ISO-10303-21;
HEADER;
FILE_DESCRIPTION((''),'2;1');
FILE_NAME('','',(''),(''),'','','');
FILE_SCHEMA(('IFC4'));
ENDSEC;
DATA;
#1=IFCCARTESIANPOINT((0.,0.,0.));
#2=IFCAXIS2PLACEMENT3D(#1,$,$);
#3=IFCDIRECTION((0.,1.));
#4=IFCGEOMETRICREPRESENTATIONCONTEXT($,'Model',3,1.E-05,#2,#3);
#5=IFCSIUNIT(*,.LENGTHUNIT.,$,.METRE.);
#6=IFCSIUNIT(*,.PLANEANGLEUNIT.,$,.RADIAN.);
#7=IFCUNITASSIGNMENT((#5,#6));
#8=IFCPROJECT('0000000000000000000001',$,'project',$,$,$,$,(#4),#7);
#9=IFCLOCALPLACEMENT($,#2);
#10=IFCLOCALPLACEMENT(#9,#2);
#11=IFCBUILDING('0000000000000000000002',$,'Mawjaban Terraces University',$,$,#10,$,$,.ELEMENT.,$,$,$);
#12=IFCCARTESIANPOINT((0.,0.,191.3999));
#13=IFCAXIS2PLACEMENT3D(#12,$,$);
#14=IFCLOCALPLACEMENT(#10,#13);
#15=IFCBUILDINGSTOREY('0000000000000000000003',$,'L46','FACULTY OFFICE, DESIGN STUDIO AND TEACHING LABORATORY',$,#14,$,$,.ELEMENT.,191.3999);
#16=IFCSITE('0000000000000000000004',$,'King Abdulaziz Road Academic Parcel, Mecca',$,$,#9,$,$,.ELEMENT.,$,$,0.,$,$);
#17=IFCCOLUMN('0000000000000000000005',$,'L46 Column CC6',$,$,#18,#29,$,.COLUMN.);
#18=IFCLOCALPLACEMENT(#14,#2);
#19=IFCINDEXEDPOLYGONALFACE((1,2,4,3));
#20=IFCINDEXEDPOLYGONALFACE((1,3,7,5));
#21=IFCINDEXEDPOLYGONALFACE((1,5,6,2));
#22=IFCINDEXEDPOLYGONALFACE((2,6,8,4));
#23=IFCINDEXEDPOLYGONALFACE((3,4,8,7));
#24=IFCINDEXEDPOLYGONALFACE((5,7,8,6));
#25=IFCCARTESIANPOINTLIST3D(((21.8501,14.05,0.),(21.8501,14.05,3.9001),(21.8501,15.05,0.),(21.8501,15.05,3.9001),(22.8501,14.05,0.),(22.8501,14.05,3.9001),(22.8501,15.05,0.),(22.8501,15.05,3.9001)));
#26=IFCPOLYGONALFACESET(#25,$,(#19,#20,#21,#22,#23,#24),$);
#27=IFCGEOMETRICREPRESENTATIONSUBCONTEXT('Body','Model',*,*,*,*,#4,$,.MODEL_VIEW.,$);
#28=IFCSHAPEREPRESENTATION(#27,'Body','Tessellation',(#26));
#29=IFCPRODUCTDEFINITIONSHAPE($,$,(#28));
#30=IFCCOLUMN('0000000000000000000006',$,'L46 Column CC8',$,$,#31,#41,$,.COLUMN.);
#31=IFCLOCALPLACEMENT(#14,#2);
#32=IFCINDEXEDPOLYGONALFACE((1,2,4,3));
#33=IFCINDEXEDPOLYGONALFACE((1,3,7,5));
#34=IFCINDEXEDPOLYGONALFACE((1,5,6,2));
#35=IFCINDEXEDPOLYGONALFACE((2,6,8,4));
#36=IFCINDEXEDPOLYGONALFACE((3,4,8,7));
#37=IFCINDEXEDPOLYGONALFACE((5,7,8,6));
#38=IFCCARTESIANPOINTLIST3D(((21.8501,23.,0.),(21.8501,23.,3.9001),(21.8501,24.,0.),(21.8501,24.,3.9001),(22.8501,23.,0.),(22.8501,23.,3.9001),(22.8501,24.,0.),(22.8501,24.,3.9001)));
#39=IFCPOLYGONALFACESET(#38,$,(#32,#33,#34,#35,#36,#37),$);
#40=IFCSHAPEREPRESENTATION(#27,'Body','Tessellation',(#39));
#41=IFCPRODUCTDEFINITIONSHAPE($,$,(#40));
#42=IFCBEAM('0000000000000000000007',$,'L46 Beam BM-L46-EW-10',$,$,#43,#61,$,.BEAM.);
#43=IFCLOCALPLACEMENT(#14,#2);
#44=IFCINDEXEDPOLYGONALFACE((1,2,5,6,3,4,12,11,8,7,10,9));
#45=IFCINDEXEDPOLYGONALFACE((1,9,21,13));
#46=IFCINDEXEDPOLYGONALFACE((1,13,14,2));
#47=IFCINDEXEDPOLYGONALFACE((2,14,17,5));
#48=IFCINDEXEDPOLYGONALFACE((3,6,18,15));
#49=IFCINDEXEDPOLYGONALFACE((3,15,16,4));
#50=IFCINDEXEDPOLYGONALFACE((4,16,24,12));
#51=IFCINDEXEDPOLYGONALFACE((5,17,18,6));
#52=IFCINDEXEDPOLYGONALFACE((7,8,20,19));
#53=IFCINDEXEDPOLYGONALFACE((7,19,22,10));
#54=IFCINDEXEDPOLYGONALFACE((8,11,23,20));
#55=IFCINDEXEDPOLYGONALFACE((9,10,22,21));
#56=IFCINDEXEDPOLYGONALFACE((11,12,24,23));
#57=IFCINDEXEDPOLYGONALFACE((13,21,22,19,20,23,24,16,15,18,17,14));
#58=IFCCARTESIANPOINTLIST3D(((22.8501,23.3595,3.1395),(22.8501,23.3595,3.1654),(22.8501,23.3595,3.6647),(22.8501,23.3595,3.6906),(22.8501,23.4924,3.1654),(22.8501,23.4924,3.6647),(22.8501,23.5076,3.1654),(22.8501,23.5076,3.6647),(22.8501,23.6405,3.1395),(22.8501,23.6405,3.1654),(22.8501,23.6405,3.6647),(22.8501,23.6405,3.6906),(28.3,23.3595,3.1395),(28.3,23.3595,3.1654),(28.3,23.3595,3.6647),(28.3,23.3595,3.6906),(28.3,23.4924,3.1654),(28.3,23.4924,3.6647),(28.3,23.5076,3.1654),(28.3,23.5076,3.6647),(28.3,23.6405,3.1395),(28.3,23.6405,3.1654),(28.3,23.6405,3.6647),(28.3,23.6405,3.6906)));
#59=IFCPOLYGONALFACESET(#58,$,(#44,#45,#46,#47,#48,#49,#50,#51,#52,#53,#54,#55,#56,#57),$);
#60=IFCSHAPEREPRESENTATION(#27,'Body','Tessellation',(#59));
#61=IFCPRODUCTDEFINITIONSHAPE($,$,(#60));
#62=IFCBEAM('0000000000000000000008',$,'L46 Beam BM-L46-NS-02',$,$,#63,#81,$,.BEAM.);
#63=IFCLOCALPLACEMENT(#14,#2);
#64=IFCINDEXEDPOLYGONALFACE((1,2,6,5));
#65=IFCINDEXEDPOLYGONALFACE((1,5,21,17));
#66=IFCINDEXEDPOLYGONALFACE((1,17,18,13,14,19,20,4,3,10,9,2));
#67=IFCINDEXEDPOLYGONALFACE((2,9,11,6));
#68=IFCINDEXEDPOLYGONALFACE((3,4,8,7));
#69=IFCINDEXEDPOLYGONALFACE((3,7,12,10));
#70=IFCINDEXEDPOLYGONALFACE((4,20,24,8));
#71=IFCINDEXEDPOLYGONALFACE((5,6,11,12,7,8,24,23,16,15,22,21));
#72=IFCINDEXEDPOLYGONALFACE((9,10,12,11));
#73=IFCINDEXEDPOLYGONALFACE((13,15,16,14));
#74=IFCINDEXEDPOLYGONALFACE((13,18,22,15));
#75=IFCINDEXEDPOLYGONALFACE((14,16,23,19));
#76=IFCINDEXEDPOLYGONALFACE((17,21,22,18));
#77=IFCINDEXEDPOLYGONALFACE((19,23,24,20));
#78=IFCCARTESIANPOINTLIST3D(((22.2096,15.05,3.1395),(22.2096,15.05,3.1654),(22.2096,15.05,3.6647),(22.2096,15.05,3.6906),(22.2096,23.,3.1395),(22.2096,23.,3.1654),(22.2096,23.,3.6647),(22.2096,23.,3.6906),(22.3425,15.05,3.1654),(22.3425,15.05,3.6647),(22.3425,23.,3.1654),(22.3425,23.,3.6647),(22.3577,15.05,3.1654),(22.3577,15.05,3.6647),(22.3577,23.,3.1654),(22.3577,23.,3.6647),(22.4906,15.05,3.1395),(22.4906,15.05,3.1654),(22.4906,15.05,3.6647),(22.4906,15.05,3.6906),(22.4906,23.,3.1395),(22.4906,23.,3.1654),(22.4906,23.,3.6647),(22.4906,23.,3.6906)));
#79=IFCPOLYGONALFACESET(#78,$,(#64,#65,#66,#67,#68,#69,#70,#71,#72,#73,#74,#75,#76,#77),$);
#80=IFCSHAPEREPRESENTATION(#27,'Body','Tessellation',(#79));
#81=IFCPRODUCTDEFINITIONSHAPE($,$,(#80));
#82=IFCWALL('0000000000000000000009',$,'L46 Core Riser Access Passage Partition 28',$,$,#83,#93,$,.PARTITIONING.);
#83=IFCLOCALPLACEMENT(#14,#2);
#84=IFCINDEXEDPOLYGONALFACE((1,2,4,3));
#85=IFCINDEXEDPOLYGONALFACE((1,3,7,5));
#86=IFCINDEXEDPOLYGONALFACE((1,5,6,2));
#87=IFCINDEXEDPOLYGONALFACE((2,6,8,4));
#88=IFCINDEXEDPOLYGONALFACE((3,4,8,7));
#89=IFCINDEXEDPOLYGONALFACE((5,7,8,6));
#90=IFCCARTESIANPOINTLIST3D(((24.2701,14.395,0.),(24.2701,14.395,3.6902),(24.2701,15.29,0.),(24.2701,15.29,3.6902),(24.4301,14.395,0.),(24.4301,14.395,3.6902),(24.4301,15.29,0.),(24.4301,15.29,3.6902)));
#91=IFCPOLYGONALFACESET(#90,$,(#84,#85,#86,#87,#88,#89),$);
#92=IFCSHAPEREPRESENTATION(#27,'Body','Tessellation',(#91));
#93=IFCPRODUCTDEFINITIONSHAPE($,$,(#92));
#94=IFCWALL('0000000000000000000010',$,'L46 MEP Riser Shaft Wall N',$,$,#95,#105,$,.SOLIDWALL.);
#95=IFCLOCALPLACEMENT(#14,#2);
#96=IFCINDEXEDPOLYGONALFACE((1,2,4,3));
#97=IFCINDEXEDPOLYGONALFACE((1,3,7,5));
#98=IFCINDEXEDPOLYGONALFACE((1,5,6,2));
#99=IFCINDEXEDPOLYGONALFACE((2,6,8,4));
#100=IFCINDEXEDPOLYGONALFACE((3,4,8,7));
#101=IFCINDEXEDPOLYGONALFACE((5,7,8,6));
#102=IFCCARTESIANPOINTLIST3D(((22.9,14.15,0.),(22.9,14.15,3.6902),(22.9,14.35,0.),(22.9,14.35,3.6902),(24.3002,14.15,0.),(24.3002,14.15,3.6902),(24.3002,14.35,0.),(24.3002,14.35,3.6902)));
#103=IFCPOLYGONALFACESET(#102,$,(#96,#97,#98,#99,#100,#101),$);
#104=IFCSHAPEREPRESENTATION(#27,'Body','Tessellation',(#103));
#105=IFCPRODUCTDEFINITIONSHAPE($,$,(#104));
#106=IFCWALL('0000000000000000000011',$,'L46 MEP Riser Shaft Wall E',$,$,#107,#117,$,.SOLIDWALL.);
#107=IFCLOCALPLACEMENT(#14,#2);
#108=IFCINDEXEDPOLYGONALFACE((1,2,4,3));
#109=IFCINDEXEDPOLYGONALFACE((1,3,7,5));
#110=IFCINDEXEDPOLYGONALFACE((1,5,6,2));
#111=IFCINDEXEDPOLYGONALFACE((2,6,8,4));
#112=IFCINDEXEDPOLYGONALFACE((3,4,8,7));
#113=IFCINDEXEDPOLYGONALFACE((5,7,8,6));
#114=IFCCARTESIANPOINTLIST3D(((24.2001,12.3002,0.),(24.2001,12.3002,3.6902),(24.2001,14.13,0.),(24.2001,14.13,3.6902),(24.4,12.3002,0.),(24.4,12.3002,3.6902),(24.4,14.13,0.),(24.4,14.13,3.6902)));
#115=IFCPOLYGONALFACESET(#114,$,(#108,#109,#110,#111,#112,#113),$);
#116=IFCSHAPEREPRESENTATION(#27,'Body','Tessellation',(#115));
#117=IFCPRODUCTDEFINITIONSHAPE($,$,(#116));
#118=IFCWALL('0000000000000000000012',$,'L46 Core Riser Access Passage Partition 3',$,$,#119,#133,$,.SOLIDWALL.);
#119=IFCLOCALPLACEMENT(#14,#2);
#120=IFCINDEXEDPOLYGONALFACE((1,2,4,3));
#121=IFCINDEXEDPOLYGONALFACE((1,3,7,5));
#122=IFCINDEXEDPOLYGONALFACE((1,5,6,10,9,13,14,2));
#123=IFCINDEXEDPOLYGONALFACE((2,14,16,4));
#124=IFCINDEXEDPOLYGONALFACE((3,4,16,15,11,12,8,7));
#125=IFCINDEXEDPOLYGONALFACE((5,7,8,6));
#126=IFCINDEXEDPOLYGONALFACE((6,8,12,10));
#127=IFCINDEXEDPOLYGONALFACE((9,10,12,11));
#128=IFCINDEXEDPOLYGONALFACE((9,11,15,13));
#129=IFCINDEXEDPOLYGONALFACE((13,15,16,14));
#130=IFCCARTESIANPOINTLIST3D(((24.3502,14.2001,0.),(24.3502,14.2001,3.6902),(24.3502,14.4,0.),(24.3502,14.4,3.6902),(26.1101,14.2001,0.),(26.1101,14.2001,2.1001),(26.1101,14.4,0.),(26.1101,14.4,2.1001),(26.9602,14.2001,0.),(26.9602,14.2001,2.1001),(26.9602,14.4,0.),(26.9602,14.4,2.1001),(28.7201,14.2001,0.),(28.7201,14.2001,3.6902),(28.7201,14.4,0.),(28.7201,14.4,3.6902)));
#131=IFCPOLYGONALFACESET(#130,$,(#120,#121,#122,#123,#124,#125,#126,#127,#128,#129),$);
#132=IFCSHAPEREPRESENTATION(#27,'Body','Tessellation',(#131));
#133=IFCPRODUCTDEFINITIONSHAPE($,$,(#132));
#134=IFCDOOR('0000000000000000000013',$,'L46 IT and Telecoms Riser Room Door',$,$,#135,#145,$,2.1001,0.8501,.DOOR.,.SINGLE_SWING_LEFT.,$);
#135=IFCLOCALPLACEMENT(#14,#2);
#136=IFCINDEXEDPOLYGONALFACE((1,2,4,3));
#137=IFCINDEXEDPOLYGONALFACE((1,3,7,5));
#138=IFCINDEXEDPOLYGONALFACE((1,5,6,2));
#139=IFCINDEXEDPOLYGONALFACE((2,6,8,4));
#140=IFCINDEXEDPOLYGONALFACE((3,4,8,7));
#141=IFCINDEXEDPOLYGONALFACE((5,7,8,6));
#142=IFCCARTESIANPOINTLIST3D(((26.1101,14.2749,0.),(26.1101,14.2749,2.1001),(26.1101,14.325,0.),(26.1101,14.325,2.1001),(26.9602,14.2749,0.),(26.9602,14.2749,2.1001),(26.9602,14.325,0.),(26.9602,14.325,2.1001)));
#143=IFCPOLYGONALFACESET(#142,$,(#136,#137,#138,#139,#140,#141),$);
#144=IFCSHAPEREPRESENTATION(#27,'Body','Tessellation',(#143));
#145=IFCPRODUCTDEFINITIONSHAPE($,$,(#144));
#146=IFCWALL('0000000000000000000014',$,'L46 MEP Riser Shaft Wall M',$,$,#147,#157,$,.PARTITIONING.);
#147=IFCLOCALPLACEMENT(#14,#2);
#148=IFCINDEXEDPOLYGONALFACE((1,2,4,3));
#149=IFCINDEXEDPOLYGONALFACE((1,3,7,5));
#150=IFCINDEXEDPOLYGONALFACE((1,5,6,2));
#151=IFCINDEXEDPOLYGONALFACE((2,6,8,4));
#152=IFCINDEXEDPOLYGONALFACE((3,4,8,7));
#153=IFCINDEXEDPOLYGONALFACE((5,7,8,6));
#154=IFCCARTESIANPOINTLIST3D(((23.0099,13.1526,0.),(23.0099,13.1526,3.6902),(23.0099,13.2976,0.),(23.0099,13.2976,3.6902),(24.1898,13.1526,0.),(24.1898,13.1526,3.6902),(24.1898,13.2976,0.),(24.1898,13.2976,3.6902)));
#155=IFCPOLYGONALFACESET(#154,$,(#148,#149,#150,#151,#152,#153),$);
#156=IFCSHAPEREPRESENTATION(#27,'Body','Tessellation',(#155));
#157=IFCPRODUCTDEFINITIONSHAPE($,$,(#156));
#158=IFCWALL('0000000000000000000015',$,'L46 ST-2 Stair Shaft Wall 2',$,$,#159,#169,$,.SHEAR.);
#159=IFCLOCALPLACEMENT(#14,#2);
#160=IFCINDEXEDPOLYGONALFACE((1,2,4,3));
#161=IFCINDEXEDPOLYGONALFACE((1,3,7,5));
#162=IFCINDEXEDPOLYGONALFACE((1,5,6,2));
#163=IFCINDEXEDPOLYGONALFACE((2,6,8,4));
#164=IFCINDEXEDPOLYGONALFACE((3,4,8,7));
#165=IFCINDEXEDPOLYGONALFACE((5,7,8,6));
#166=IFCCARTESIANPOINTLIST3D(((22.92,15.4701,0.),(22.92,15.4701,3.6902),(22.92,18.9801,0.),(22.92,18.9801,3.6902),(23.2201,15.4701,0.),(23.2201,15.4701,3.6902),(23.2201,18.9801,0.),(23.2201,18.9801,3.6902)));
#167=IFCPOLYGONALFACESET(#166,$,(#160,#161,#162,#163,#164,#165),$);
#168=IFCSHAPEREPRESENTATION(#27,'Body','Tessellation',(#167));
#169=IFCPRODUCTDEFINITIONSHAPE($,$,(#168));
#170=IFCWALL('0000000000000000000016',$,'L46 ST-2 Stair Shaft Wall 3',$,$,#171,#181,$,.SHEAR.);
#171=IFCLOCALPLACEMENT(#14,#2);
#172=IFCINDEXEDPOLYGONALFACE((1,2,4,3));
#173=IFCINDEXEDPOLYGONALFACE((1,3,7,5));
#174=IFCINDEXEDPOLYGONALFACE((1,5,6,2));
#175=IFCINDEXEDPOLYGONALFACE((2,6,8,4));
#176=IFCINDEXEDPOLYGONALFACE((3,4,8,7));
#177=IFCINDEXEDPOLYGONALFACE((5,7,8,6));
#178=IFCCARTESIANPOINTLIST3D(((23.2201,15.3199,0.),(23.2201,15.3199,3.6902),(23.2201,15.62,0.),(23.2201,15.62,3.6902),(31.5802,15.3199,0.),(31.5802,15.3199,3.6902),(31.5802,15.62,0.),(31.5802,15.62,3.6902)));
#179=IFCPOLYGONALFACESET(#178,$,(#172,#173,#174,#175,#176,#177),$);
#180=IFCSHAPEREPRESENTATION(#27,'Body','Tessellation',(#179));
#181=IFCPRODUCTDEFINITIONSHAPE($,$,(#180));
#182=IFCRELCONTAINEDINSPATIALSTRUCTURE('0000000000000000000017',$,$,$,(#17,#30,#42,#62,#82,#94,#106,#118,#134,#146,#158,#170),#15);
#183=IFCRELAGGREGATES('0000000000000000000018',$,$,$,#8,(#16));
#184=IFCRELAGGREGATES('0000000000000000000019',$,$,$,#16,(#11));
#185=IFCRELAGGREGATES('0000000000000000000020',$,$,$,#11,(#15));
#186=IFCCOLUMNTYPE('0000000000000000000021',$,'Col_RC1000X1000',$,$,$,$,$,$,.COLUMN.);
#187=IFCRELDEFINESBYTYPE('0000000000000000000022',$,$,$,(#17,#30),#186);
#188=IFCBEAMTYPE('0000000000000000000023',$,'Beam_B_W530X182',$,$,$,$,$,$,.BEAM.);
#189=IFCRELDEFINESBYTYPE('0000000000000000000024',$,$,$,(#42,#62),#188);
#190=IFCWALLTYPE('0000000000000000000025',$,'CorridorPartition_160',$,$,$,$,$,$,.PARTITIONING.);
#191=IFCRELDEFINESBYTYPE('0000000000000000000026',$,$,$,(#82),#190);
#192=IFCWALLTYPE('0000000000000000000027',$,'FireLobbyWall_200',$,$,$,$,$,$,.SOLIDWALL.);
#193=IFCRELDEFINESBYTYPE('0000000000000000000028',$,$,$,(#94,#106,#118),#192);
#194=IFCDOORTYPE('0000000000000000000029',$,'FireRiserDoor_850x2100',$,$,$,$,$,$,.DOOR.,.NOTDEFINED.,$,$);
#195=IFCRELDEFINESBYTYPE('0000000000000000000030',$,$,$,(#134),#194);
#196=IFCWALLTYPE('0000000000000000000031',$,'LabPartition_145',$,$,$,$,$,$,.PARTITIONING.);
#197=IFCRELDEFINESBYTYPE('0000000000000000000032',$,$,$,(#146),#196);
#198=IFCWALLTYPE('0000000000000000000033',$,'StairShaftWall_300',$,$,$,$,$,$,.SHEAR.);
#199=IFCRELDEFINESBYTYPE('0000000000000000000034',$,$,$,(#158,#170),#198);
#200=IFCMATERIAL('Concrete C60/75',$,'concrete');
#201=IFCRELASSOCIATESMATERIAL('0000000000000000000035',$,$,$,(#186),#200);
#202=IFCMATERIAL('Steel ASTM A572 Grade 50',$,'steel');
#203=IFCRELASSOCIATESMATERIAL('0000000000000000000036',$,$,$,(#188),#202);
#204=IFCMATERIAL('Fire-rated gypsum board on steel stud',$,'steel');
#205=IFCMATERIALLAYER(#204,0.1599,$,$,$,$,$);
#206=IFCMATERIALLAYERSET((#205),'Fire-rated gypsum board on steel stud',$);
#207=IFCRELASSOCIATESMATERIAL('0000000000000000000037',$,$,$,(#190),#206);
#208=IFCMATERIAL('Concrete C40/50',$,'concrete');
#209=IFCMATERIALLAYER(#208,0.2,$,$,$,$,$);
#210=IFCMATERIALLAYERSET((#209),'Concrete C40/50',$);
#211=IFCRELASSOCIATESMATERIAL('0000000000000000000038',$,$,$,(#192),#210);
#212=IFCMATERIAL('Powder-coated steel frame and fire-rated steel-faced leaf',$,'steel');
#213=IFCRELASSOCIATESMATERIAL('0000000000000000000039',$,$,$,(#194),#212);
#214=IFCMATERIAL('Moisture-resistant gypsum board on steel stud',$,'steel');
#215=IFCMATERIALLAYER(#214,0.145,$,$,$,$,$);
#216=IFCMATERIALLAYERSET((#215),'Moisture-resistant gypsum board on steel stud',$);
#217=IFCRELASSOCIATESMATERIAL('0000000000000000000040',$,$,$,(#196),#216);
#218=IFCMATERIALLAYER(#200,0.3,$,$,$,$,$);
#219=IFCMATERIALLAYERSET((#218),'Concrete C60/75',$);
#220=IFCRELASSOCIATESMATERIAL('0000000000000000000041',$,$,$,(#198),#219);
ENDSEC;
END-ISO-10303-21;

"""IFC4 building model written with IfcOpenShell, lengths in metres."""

from ifc_helpers import new_model, si_unit, direction, frame, frame_2d, origin, origin_2d, place, context, subcontext, project, spatial, rectangle, i_section, extrude, material, layer, layer_set, material_profile, profile_set, type_object, element, fill, save


model = new_model("IFC4")

# Units and contexts
model_context = context("Model", 3, precision=1e-05, world=origin(), true_north=direction((0.0, 1.0)))
body_context = subcontext(model_context, "Body", "Model", "MODEL_VIEW")
ifc_project = project(units=[si_unit("LENGTHUNIT", "METRE"), si_unit("PLANEANGLEUNIT", "RADIAN")], contexts=[model_context])

# Site, building, storey
site_placement = place(None, origin())
site = spatial("IfcSite", under=ifc_project, at=site_placement, Name="King Abdulaziz Road Academic Parcel, Mecca", CompositionType="ELEMENT", RefElevation=0.0)
building_placement = place(site_placement, origin())
building = spatial("IfcBuilding", under=site, at=building_placement, Name="Mawjaban Terraces University", CompositionType="ELEMENT")
storey_placement = place(building_placement, frame((0.0, 0.0, 191.3999)))
storey = spatial("IfcBuildingStorey", under=building, at=storey_placement, Name="L46", Description="FACULTY OFFICE, DESIGN STUDIO AND TEACHING LABORATORY", CompositionType="ELEMENT", Elevation=191.3999)

# Columns
ifc_material_1 = material(Name="Concrete C60/75", Category="concrete")
ifc_material_profile_1 = material_profile(ifc_material_1, rectangle(XDim=1.0, YDim=1.0, at=origin_2d()), Name="RC1000X1000")
ifc_profile_set_1 = profile_set([ifc_material_profile_1], Name="Concrete C60/75")
column_type = type_object("IfcColumnType", Name="Col_RC1000X1000", PredefinedType="COLUMN", material=ifc_profile_set_1)
for number, where, z_axis, x_axis, name in (
    (1, (22.3501, 14.55, 0.0), (0.0, 0.0, 1.0), (1.0, 0.0, 0.0), "L46 Column CC6"),
    (2, (22.3501, 23.5, 0.0), (0.0, 0.0, 1.0), (1.0, 0.0, 0.0), "L46 Column CC8"),
):
    element("IfcColumn", number, at=place(storey_placement, frame(where, z_axis=z_axis, x_axis=x_axis)), inside=storey, type_object=column_type, Name=name, PredefinedType="COLUMN", context=body_context, shape_type="SweptSolid", body=[
        extrude(rectangle(XDim=1.0, YDim=1.0, at=origin_2d()), origin(), (0.0, 0.0, 1.0), 3.9001),
    ])

# Beams
ifc_material_2 = material(Name="Steel ASTM A572 Grade 50", Category="steel")
ifc_material_profile_2 = material_profile(ifc_material_2, i_section(OverallWidth=0.281, OverallDepth=0.551, WebThickness=0.0151, FlangeThickness=0.0259, at=origin_2d()), Name="W530X182")
ifc_profile_set_2 = profile_set([ifc_material_profile_2], Name="Steel ASTM A572 Grade 50")
beam_type = type_object("IfcBeamType", Name="Beam_B_W530X182", PredefinedType="BEAM", material=ifc_profile_set_2)
beam_1_placement = place(storey_placement, frame((22.8501, 23.5, 3.415), z_axis=(1.0, 0.0, 0.0), x_axis=(0.0, 1.0, 0.0)))
element("IfcBeam", 3, at=beam_1_placement, inside=storey, type_object=beam_type, Name="L46 Beam BM-L46-EW-10", PredefinedType="BEAM", context=body_context, shape_type="SweptSolid", body=[
    extrude(i_section(OverallWidth=0.281, OverallDepth=0.551, WebThickness=0.0151, FlangeThickness=0.0259, at=origin_2d()), origin(), (0.0, 0.0, 1.0), 5.45),
])
beam_2_placement = place(storey_placement, frame((22.3501, 15.05, 3.415), z_axis=(0.0, 1.0, 0.0), x_axis=(-1.0, 0.0, 0.0)))
element("IfcBeam", 4, at=beam_2_placement, inside=storey, type_object=beam_type, Name="L46 Beam BM-L46-NS-02", PredefinedType="BEAM", context=body_context, shape_type="SweptSolid", body=[
    extrude(i_section(OverallWidth=0.281, OverallDepth=0.551, WebThickness=0.0151, FlangeThickness=0.0259, at=origin_2d()), origin(), (0.0, 0.0, 1.0), 7.95),
])

# Walls
ifc_material_3 = material(Name="Fire-rated gypsum board on steel stud", Category="steel")
ifc_layer_1 = layer(ifc_material_3, 0.1599)
ifc_layer_set_1 = layer_set([ifc_layer_1], Name="Fire-rated gypsum board on steel stud")
wall_type_1 = type_object("IfcWallType", Name="CorridorPartition_160", PredefinedType="PARTITIONING", material=ifc_layer_set_1)
wall_1_placement = place(storey_placement, frame((24.3501, 15.29, 0.0), z_axis=(0.0, 0.0, 1.0), x_axis=(0.0, -1.0, 0.0)))
element("IfcWall", 5, at=wall_1_placement, inside=storey, type_object=wall_type_1, Name="L46 Core Riser Access Passage Partition 28", PredefinedType="PARTITIONING", context=body_context, shape_type="SweptSolid", body=[
    extrude(rectangle(XDim=0.895, YDim=0.1599, at=frame_2d((0.4475, 0.0))), origin(), (0.0, 0.0, 1.0), 3.6902),
])
ifc_material_4 = material(Name="Concrete C40/50", Category="concrete")
ifc_layer_2 = layer(ifc_material_4, 0.2)
ifc_layer_set_2 = layer_set([ifc_layer_2], Name="Concrete C40/50")
wall_type_2 = type_object("IfcWallType", Name="FireLobbyWall_200", PredefinedType="SOLIDWALL", material=ifc_layer_set_2)
wall_2_placement = place(storey_placement, frame((22.8999, 14.25, 0.0), z_axis=(0.0, 0.0, 1.0), x_axis=(1.0, 0.0, 0.0)))
element("IfcWall", 6, at=wall_2_placement, inside=storey, type_object=wall_type_2, Name="L46 MEP Riser Shaft Wall N", PredefinedType="SOLIDWALL", context=body_context, shape_type="SweptSolid", body=[
    extrude(rectangle(XDim=1.4001, YDim=0.2, at=frame_2d((0.7002, 0.0))), origin(), (0.0, 0.0, 1.0), 3.6902),
])
wall_3_placement = place(storey_placement, frame((24.3, 12.3, 0.0), z_axis=(0.0, 0.0, 1.0), x_axis=(0.0, 1.0, 0.0)))
element("IfcWall", 7, at=wall_3_placement, inside=storey, type_object=wall_type_2, Name="L46 MEP Riser Shaft Wall E", PredefinedType="SOLIDWALL", context=body_context, shape_type="SweptSolid", body=[
    extrude(rectangle(XDim=1.8298, YDim=0.2, at=frame_2d((0.915, 0.0))), origin(), (0.0, 0.0, 1.0), 3.6902),
])

# Wall, opening, door
wall_4_placement = place(storey_placement, frame((24.3501, 14.3, 0.0), z_axis=(0.0, 0.0, 1.0), x_axis=(1.0, 0.0, 0.0)))
wall_4 = element("IfcWall", 8, at=wall_4_placement, inside=storey, type_object=wall_type_2, Name="L46 Core Riser Access Passage Partition 3", PredefinedType="SOLIDWALL", context=body_context, shape_type="SweptSolid", body=[
    extrude(rectangle(XDim=4.3699, YDim=0.2, at=frame_2d((2.1851, 0.0))), origin(), (0.0, 0.0, 1.0), 3.6902),
])
opening_placement = place(wall_4_placement, frame((1.76, 0.0, 0.0)))
opening = element("IfcOpeningElement", 9, at=opening_placement, cuts=wall_4, PredefinedType="OPENING", context=body_context, shape_type="SweptSolid", body=[
    extrude(rectangle(XDim=0.8501, YDim=2.1001, at=frame_2d((0.425, 1.05))), frame((0.0, 0.1099, 0.0), z_axis=(0.0, -1.0, 0.0), x_axis=(1.0, 0.0, 0.0)), (0.0, 0.0, 1.0), 0.22),
])
ifc_material_5 = material(Name="Powder-coated steel frame and fire-rated steel-faced leaf", Category="steel")
door_type = type_object("IfcDoorType", Name="FireRiserDoor_850x2100", OperationType="NOTDEFINED", PredefinedType="DOOR", material=ifc_material_5)
door_placement = place(opening_placement, origin())
door = element("IfcDoor", 10, at=door_placement, inside=storey, type_object=door_type, Name="L46 IT and Telecoms Riser Room Door", OperationType="SINGLE_SWING_LEFT", OverallHeight=2.1001, OverallWidth=0.8501, PredefinedType="DOOR", context=body_context, shape_type="SweptSolid", body=[
    extrude(rectangle(XDim=0.8501, YDim=2.1001, at=frame_2d((0.425, 1.05))), frame((0.0, 0.0249, 0.0), z_axis=(0.0, -1.0, 0.0), x_axis=(1.0, 0.0, 0.0)), (0.0, 0.0, 1.0), 0.05),
])
fill(opening, door)

# Walls
ifc_material_6 = material(Name="Moisture-resistant gypsum board on steel stud", Category="steel")
ifc_layer_3 = layer(ifc_material_6, 0.145)
ifc_layer_set_3 = layer_set([ifc_layer_3], Name="Moisture-resistant gypsum board on steel stud")
wall_type_3 = type_object("IfcWallType", Name="LabPartition_145", PredefinedType="PARTITIONING", material=ifc_layer_set_3)
wall_5_placement = place(storey_placement, frame((23.01, 13.2251, 0.0), z_axis=(0.0, 0.0, 1.0), x_axis=(1.0, 0.0, 0.0)))
element("IfcWall", 11, at=wall_5_placement, inside=storey, type_object=wall_type_3, Name="L46 MEP Riser Shaft Wall M", PredefinedType="PARTITIONING", context=body_context, shape_type="SweptSolid", body=[
    extrude(rectangle(XDim=1.1799, YDim=0.145, at=frame_2d((0.5898, 0.0))), origin(), (0.0, 0.0, 1.0), 3.6902),
])
ifc_layer_4 = layer(ifc_material_1, 0.3)
ifc_layer_set_4 = layer_set([ifc_layer_4], Name="Concrete C60/75")
wall_type_4 = type_object("IfcWallType", Name="StairShaftWall_300", PredefinedType="SHEAR", material=ifc_layer_set_4)
wall_6_placement = place(storey_placement, frame((23.0701, 18.98, 0.0), z_axis=(0.0, 0.0, 1.0), x_axis=(0.0, -1.0, 0.0)))
element("IfcWall", 12, at=wall_6_placement, inside=storey, type_object=wall_type_4, Name="L46 ST-2 Stair Shaft Wall 2", PredefinedType="SHEAR", context=body_context, shape_type="SweptSolid", body=[
    extrude(rectangle(XDim=3.51, YDim=0.3, at=frame_2d((1.7549, 0.0))), origin(), (0.0, 0.0, 1.0), 3.6902),
])
wall_7_placement = place(storey_placement, frame((23.22, 15.47, 0.0), z_axis=(0.0, 0.0, 1.0), x_axis=(1.0, 0.0, 0.0)))
element("IfcWall", 13, at=wall_7_placement, inside=storey, type_object=wall_type_4, Name="L46 ST-2 Stair Shaft Wall 3", PredefinedType="SHEAR", context=body_context, shape_type="SweptSolid", body=[
    extrude(rectangle(XDim=8.3601, YDim=0.3, at=frame_2d((4.1802, 0.0))), origin(), (0.0, 0.0, 1.0), 3.6902),
])

save(model, "model.ifc")
